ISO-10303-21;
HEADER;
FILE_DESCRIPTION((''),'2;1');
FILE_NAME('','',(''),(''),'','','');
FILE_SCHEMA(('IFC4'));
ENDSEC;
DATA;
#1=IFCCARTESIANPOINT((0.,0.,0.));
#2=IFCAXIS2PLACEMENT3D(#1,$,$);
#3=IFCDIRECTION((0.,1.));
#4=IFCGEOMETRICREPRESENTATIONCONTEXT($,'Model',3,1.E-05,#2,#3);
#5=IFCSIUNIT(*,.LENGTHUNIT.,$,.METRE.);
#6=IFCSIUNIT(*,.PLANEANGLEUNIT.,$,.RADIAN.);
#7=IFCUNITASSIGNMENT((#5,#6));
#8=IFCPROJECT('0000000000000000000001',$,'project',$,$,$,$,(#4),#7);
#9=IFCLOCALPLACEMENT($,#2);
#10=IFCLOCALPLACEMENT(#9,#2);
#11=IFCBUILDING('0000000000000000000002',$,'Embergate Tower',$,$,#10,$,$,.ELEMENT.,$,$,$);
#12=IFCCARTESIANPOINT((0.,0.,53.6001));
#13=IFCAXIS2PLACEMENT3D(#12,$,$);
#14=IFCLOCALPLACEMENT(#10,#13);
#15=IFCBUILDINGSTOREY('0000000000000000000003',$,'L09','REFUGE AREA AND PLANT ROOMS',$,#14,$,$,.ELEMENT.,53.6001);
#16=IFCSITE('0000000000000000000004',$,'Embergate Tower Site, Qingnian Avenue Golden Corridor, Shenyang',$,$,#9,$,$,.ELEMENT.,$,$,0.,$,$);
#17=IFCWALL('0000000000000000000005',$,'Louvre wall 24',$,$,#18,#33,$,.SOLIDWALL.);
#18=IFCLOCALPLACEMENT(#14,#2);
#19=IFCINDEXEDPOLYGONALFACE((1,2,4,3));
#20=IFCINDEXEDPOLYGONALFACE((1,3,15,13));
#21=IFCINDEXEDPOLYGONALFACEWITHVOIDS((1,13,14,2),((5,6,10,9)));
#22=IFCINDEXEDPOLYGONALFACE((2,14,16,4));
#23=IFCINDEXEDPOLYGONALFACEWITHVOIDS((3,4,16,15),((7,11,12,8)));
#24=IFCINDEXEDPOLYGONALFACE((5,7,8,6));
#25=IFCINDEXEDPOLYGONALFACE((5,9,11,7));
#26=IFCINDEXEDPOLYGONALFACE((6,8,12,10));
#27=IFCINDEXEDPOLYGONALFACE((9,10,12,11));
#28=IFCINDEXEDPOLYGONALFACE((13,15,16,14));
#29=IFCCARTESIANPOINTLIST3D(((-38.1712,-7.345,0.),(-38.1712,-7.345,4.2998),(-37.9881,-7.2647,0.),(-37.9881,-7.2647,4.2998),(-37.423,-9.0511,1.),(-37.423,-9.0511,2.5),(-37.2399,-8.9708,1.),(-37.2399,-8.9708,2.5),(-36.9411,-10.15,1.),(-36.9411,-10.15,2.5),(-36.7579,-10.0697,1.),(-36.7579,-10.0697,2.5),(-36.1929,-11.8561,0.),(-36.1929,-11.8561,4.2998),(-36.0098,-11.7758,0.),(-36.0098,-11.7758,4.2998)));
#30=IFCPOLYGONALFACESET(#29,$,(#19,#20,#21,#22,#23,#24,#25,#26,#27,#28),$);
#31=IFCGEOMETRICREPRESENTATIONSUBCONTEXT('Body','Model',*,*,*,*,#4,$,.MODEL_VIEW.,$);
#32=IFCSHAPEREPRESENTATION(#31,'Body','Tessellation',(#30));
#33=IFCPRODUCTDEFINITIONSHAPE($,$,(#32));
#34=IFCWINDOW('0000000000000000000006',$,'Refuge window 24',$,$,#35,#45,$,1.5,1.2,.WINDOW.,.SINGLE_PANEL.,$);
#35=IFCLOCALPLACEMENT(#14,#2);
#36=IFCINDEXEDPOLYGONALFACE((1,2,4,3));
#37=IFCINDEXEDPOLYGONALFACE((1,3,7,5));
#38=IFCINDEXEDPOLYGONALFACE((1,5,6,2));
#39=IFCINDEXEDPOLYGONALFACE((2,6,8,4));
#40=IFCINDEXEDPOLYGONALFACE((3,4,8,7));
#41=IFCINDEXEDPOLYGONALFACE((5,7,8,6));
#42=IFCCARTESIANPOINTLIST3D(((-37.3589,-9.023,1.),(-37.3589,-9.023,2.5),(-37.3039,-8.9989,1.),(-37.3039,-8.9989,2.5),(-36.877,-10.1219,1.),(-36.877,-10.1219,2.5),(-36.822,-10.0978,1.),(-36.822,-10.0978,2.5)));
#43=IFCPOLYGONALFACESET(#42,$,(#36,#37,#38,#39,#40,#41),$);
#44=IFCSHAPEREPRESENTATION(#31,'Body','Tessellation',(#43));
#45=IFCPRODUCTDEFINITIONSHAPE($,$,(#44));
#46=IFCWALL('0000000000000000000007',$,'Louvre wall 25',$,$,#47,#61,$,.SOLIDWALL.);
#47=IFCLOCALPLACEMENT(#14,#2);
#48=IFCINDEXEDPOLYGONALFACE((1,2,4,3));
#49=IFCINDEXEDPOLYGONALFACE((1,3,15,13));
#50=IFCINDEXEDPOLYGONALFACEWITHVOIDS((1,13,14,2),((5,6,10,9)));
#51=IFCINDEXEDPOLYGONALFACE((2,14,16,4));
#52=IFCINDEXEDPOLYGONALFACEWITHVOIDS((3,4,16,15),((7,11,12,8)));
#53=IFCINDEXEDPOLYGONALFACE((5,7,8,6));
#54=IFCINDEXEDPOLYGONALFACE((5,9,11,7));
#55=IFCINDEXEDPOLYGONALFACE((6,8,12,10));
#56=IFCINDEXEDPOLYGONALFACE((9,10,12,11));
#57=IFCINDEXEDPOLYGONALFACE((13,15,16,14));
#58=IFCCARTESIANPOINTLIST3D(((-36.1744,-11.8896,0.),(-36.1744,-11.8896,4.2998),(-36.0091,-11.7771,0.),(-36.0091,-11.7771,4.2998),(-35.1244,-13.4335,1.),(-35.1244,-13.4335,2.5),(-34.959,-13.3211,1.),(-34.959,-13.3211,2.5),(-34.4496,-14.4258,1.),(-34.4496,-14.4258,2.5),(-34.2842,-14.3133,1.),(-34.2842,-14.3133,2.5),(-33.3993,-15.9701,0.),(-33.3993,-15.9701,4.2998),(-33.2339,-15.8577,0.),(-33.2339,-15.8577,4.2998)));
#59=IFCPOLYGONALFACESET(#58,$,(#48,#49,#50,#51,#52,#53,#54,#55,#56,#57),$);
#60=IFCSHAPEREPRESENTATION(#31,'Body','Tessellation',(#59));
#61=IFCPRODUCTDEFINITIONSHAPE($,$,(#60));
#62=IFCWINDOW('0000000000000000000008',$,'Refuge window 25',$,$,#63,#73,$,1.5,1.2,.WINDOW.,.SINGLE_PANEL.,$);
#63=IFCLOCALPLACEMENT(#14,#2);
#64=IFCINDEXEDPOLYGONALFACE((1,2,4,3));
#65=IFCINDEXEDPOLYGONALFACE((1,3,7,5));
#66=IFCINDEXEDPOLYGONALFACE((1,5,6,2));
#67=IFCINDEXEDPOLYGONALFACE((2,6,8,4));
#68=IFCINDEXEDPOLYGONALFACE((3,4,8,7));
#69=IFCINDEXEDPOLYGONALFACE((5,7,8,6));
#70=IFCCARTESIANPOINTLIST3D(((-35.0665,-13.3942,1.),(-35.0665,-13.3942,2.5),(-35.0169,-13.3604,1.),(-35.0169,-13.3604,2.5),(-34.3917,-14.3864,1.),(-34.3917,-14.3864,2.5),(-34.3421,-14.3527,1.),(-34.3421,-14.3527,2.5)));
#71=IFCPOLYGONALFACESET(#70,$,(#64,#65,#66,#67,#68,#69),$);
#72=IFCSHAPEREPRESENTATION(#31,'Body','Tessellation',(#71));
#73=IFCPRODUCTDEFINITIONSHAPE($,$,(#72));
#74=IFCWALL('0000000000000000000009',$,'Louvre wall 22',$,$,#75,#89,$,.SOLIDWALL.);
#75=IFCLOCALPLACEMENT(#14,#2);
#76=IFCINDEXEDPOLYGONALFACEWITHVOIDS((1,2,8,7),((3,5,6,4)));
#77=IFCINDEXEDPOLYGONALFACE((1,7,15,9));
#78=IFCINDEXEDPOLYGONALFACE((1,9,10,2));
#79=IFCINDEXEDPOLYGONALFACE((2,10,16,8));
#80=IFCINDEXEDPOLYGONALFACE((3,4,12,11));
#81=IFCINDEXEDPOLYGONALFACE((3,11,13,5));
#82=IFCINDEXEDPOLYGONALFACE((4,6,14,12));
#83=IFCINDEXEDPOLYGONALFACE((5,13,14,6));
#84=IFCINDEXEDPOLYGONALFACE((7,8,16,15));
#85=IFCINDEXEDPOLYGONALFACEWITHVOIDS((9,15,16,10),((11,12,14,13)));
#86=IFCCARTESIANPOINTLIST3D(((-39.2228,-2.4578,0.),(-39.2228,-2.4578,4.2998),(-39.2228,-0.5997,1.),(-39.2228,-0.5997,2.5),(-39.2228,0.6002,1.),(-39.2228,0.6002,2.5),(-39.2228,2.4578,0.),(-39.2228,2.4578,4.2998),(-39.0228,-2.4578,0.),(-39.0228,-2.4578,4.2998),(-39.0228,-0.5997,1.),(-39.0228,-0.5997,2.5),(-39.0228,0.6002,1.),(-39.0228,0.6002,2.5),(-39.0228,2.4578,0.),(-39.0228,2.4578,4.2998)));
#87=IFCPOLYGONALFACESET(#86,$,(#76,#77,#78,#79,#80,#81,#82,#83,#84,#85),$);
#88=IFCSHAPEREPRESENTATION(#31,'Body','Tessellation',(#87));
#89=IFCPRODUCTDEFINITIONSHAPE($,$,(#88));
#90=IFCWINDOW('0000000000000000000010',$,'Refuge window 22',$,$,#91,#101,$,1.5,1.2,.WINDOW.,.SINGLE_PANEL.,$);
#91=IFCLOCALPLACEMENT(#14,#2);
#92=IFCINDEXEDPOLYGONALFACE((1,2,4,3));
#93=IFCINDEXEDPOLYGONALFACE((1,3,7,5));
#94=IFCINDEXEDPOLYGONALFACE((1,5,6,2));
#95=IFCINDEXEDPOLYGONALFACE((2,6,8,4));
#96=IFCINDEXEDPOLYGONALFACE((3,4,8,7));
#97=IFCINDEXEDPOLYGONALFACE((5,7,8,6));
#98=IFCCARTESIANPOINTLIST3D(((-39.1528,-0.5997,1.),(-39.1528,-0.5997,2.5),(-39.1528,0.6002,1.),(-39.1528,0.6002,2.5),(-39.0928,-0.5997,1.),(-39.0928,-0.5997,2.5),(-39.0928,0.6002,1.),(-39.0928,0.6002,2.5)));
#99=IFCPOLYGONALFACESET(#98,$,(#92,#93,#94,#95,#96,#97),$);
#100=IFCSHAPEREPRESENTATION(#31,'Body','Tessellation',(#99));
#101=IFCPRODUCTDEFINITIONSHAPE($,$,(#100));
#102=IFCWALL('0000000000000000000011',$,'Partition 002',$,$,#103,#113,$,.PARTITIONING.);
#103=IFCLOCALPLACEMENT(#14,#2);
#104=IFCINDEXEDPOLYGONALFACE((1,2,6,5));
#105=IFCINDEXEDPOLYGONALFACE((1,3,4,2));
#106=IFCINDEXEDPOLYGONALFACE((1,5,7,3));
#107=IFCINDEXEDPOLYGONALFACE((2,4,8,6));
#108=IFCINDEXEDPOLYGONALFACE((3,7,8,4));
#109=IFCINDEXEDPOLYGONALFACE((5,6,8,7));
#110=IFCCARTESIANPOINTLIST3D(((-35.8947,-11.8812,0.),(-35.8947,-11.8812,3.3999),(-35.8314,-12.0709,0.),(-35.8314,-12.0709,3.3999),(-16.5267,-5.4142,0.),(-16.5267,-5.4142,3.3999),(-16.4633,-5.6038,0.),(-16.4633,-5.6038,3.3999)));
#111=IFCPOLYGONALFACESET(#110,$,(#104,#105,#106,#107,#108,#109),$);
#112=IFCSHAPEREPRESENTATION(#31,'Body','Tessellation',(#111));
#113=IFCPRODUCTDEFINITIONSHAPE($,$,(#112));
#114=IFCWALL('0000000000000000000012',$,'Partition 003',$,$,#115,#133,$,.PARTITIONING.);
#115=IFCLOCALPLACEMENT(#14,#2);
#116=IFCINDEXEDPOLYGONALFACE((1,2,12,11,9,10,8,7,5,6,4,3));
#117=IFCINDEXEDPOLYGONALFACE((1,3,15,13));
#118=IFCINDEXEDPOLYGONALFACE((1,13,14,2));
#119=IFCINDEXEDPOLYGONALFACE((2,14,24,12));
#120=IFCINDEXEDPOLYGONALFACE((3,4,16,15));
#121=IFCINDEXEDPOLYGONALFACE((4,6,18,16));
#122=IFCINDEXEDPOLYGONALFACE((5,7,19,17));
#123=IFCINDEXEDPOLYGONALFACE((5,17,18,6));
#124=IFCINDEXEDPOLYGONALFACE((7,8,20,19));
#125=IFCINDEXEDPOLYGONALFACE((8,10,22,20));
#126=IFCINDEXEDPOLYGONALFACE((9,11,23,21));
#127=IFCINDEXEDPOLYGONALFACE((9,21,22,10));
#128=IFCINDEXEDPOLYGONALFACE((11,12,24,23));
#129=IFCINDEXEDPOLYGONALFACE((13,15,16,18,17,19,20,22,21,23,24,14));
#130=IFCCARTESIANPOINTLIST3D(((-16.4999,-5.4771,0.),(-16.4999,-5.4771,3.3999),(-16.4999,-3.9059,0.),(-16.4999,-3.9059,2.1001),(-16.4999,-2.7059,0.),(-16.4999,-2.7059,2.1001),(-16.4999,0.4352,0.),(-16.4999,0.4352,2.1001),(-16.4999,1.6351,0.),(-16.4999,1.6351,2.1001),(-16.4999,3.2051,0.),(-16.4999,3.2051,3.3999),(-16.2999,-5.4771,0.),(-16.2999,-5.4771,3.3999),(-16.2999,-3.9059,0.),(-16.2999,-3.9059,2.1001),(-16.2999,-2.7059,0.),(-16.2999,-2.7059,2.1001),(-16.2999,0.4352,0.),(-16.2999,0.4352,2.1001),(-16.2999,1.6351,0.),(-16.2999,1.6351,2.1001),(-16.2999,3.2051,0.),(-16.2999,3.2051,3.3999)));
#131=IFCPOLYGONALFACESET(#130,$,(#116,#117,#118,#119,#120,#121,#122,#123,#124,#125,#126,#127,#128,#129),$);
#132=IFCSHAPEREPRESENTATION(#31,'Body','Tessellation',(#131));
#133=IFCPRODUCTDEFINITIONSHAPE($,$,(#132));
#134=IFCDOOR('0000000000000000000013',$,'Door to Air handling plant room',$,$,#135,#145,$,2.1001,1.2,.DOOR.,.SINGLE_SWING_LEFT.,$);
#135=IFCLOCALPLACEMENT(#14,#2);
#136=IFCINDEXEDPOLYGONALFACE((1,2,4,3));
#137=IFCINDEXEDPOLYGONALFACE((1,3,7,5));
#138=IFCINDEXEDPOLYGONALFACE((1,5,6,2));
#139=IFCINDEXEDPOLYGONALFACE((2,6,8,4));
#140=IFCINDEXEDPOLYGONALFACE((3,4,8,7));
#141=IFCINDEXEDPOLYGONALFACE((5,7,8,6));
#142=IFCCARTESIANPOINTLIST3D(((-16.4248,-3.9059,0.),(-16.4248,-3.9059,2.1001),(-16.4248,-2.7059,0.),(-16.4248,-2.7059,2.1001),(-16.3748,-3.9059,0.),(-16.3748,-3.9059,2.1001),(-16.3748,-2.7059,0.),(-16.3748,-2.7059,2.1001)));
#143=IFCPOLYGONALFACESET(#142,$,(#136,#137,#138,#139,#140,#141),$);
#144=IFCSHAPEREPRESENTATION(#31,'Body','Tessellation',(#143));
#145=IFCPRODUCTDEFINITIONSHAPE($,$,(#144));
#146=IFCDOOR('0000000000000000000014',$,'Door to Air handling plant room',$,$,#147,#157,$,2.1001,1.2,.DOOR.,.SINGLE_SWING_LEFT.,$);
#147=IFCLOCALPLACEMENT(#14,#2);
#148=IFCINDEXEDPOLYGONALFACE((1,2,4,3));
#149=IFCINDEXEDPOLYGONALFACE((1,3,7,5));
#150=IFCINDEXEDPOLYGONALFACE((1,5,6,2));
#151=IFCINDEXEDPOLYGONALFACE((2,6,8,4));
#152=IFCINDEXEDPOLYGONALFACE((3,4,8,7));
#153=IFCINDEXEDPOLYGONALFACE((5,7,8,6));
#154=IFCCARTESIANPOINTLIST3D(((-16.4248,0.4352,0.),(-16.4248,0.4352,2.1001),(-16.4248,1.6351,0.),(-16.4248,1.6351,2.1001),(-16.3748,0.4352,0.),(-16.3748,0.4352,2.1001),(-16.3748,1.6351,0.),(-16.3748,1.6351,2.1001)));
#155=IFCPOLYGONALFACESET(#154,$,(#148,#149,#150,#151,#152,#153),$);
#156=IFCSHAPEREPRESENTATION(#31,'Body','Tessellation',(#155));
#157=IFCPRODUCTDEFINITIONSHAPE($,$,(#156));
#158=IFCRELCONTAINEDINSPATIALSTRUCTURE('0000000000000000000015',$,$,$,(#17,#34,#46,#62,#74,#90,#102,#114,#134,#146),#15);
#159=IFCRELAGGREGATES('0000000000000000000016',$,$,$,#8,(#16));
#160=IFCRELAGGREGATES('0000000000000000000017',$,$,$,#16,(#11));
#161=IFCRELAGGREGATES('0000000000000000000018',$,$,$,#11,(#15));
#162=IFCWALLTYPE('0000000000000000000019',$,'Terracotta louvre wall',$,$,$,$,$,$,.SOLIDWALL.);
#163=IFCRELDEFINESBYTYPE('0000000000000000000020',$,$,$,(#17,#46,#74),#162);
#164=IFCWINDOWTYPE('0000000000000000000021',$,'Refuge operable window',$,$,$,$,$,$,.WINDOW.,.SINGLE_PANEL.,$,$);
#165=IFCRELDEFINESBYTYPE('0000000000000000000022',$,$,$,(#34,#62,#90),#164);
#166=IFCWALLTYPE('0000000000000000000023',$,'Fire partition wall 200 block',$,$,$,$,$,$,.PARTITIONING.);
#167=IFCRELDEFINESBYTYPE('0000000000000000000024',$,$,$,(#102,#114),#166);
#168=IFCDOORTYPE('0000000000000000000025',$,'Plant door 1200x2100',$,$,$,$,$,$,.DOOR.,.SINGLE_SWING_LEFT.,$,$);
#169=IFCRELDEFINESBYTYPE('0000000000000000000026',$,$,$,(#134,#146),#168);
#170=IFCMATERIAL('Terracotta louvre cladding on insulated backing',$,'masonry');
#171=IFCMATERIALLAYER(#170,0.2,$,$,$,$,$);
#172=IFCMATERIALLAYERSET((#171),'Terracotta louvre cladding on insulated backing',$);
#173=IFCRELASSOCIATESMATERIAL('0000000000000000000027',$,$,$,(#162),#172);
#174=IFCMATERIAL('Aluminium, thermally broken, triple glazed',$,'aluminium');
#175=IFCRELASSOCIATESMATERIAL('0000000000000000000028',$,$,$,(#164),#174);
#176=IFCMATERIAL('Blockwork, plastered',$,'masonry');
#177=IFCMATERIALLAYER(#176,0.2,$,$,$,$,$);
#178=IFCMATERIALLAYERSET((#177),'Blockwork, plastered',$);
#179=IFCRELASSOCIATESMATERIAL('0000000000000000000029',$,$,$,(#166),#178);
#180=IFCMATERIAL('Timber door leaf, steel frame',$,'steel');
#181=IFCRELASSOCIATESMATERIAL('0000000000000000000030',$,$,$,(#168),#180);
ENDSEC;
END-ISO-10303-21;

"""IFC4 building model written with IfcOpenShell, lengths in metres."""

from ifc_helpers import new_model, si_unit, direction, frame, frame_2d, origin, place, context, subcontext, project, spatial, rectangle, extrude, source, transform, mapped, material, layer, layer_set, type_object, element, fill, save


model = new_model("IFC4")

# Units and contexts
model_context = context("Model", 3, precision=1e-05, world=origin(), true_north=direction((0.0, 1.0)))
body_context = subcontext(model_context, "Body", "Model", "MODEL_VIEW")
ifc_project = project(units=[si_unit("LENGTHUNIT", "METRE"), si_unit("PLANEANGLEUNIT", "RADIAN")], contexts=[model_context])

# Site, building, storey
site_placement = place(None, origin())
site = spatial("IfcSite", under=ifc_project, at=site_placement, Name="Embergate Tower Site, Qingnian Avenue Golden Corridor, Shenyang", CompositionType="ELEMENT", RefElevation=0.0)
building_placement = place(site_placement, origin())
building = spatial("IfcBuilding", under=site, at=building_placement, Name="Embergate Tower", CompositionType="ELEMENT")
storey_placement = place(building_placement, frame((0.0, 0.0, 53.6001)))
storey = spatial("IfcBuildingStorey", under=building, at=storey_placement, Name="L09", Description="REFUGE AREA AND PLANT ROOMS", CompositionType="ELEMENT", Elevation=53.6001)

# Walls, openings, windows
ifc_material_1 = material(Name="Terracotta louvre cladding on insulated backing", Category="masonry")
ifc_layer_1 = layer(ifc_material_1, 0.2)
ifc_layer_set_1 = layer_set([ifc_layer_1], Name="Terracotta louvre cladding on insulated backing")
wall_type_1 = type_object("IfcWallType", Name="Terracotta louvre wall", PredefinedType="SOLIDWALL", material=ifc_layer_set_1)
shared_shape_1 = source(origin(), body_context, "Body", "SweptSolid", [
    extrude(rectangle(XDim=1.2, YDim=1.5, at=frame_2d((0.6001, 0.75))), frame((0.0, 0.1099, 0.0), z_axis=(0.0, -1.0, 0.0), x_axis=(1.0, 0.0, 0.0)), (0.0, 0.0, 1.0), 0.22),
])
ifc_material_2 = material(Name="Aluminium, thermally broken, triple glazed", Category="aluminium")
window_type = type_object("IfcWindowType", Name="Refuge operable window", PartitioningType="SINGLE_PANEL", PredefinedType="WINDOW", material=ifc_material_2)
shared_shape_2 = source(origin(), body_context, "Body", "SweptSolid", [
    extrude(rectangle(XDim=1.2, YDim=1.5, at=frame_2d((0.6001, 0.75))), frame((0.0, 0.03, 0.0), z_axis=(0.0, -1.0, 0.0), x_axis=(1.0, 0.0, 0.0)), (0.0, 0.0, 1.0), 0.0601),
])
shared_shape_3 = source(origin(), body_context, "Body", "SweptSolid", [
    extrude(rectangle(XDim=4.9258, YDim=0.2, at=frame_2d((2.4629, 0.0))), origin(), (0.0, 0.0, 1.0), 4.2998),
])
wall_1_placement = place(storey_placement, frame((-36.1013, -11.8159, 0.0), z_axis=(0.0, 0.0, 1.0), x_axis=(-0.401622, 0.915805, 0.0)))
wall_1 = element("IfcWall", 1, at=wall_1_placement, inside=storey, type_object=wall_type_1, Name="Louvre wall 24", PredefinedType="SOLIDWALL", context=body_context, shape_type="MappedRepresentation", body=[
    mapped(shared_shape_3, transform((0.0, 0.0, 0.0))),
])
opening_1_placement = place(wall_1_placement, frame((1.8628, 0.0, 1.0)))
opening_1 = element("IfcOpeningElement", 2, at=opening_1_placement, cuts=wall_1, PredefinedType="OPENING", context=body_context, shape_type="MappedRepresentation", body=[
    mapped(shared_shape_1, transform((0.0, 0.0, 0.0))),
])
window_1_placement = place(opening_1_placement, origin())
window_1 = element("IfcWindow", 3, at=window_1_placement, inside=storey, type_object=window_type, Name="Refuge window 24", OverallHeight=1.5, OverallWidth=1.2, PartitioningType="SINGLE_PANEL", PredefinedType="WINDOW", context=body_context, shape_type="MappedRepresentation", body=[
    mapped(shared_shape_2, transform((0.0, 0.0, 0.0))),
])
fill(opening_1, window_1)
shared_shape_4 = source(origin(), body_context, "Body", "SweptSolid", [
    extrude(rectangle(XDim=4.9348, YDim=0.2, at=frame_2d((2.4673, 0.0))), origin(), (0.0, 0.0, 1.0), 4.2998),
])
wall_2_placement = place(storey_placement, frame((-33.3167, -15.9138, 0.0), z_axis=(0.0, 0.0, 1.0), x_axis=(-0.56236, 0.826892, 0.0)))
wall_2 = element("IfcWall", 4, at=wall_2_placement, inside=storey, type_object=wall_type_1, Name="Louvre wall 25", PredefinedType="SOLIDWALL", context=body_context, shape_type="MappedRepresentation", body=[
    mapped(shared_shape_4, transform((0.0, 0.0, 0.0))),
])
opening_2_placement = place(wall_2_placement, frame((1.8674, 0.0, 1.0)))
opening_2 = element("IfcOpeningElement", 5, at=opening_2_placement, cuts=wall_2, PredefinedType="OPENING", context=body_context, shape_type="MappedRepresentation", body=[
    mapped(shared_shape_1, transform((0.0, 0.0, 0.0))),
])
window_2_placement = place(opening_2_placement, origin())
window_2 = element("IfcWindow", 6, at=window_2_placement, inside=storey, type_object=window_type, Name="Refuge window 25", OverallHeight=1.5, OverallWidth=1.2, PartitioningType="SINGLE_PANEL", PredefinedType="WINDOW", context=body_context, shape_type="MappedRepresentation", body=[
    mapped(shared_shape_2, transform((0.0, 0.0, 0.0))),
])
fill(opening_2, window_2)
shared_shape_5 = source(origin(), body_context, "Body", "SweptSolid", [
    extrude(rectangle(XDim=4.9155, YDim=0.2, at=frame_2d((2.4578, 0.0))), origin(), (0.0, 0.0, 1.0), 4.2998),
])
wall_3_placement = place(storey_placement, frame((-39.1228, -2.4578, 0.0), z_axis=(0.0, 0.0, 1.0), x_axis=(0.0, 1.0, 0.0)))
wall_3 = element("IfcWall", 7, at=wall_3_placement, inside=storey, type_object=wall_type_1, Name="Louvre wall 22", PredefinedType="SOLIDWALL", context=body_context, shape_type="MappedRepresentation", body=[
    mapped(shared_shape_5, transform((0.0, 0.0, 0.0))),
])
opening_3_placement = place(wall_3_placement, frame((1.8579, 0.0, 1.0)))
opening_3 = element("IfcOpeningElement", 8, at=opening_3_placement, cuts=wall_3, PredefinedType="OPENING", context=body_context, shape_type="MappedRepresentation", body=[
    mapped(shared_shape_1, transform((0.0, 0.0, 0.0))),
])
window_3_placement = place(opening_3_placement, origin())
window_3 = element("IfcWindow", 9, at=window_3_placement, inside=storey, type_object=window_type, Name="Refuge window 22", OverallHeight=1.5, OverallWidth=1.2, PartitioningType="SINGLE_PANEL", PredefinedType="WINDOW", context=body_context, shape_type="MappedRepresentation", body=[
    mapped(shared_shape_2, transform((0.0, 0.0, 0.0))),
])
fill(opening_3, window_3)

# Shared definitions
ifc_material_3 = material(Name="Blockwork, plastered", Category="masonry")
ifc_layer_2 = layer(ifc_material_3, 0.2)
ifc_layer_set_2 = layer_set([ifc_layer_2], Name="Blockwork, plastered")
wall_type_2 = type_object("IfcWallType", Name="Fire partition wall 200 block", PredefinedType="PARTITIONING", material=ifc_layer_set_2)
ifc_material_4 = material(Name="Timber door leaf, steel frame", Category="steel")

# Wall
shared_shape_6 = source(origin(), body_context, "Body", "SweptSolid", [
    extrude(rectangle(XDim=20.4192, YDim=0.2, at=frame_2d((10.2095, 0.0))), origin(), (0.0, 0.0, 1.0), 3.3999),
])
wall_4_placement = place(storey_placement, frame((-16.4951, -5.509, 0.0), z_axis=(0.0, 0.0, 1.0), x_axis=(-0.948521, -0.316716, 0.0)))
element("IfcWall", 10, at=wall_4_placement, inside=storey, type_object=wall_type_2, Name="Partition 002", PredefinedType="PARTITIONING", context=body_context, shape_type="MappedRepresentation", body=[
    mapped(shared_shape_6, transform((0.0, 0.0, 0.0))),
])

# Wall, openings, doors
shared_shape_7 = source(origin(), body_context, "Body", "SweptSolid", [
    extrude(rectangle(XDim=8.6821, YDim=0.2, at=frame_2d((4.3411, 0.0))), origin(), (0.0, 0.0, 1.0), 3.3999),
])
wall_5_placement = place(storey_placement, frame((-16.3999, -5.4771, 0.0), z_axis=(0.0, 0.0, 1.0), x_axis=(0.0, 1.0, 0.0)))
wall_5 = element("IfcWall", 11, at=wall_5_placement, inside=storey, type_object=wall_type_2, Name="Partition 003", PredefinedType="PARTITIONING", context=body_context, shape_type="MappedRepresentation", body=[
    mapped(shared_shape_7, transform((0.0, 0.0, 0.0))),
])
shared_shape_8 = source(origin(), body_context, "Body", "SweptSolid", [
    extrude(rectangle(XDim=1.2, YDim=2.1001, at=frame_2d((0.6001, 1.05))), frame((0.0, 0.1099, 0.0), z_axis=(0.0, -1.0, 0.0), x_axis=(1.0, 0.0, 0.0)), (0.0, 0.0, 1.0), 0.22),
])
opening_4_placement = place(wall_5_placement, frame((1.571, 0.0, 0.0)))
opening_4 = element("IfcOpeningElement", 12, at=opening_4_placement, cuts=wall_5, PredefinedType="OPENING", context=body_context, shape_type="MappedRepresentation", body=[
    mapped(shared_shape_8, transform((0.0, 0.0, 0.0))),
])
opening_5_placement = place(wall_5_placement, frame((5.9121, 0.0, 0.0)))
opening_5 = element("IfcOpeningElement", 13, at=opening_5_placement, cuts=wall_5, PredefinedType="OPENING", context=body_context, shape_type="MappedRepresentation", body=[
    mapped(shared_shape_8, transform((0.0, 0.0, 0.0))),
])
door_type_1 = type_object("IfcDoorType", Name="Plant door 1200x2100", OperationType="SINGLE_SWING_LEFT", PredefinedType="DOOR", material=ifc_material_4)
shared_shape_9 = source(origin(), body_context, "Body", "SweptSolid", [
    extrude(rectangle(XDim=1.2, YDim=2.1001, at=frame_2d((0.6001, 1.05))), frame((0.0, 0.0249, 0.0), z_axis=(0.0, -1.0, 0.0), x_axis=(1.0, 0.0, 0.0)), (0.0, 0.0, 1.0), 0.05),
])
door_1_placement = place(opening_4_placement, origin())
door_1 = element("IfcDoor", 14, at=door_1_placement, inside=storey, type_object=door_type_1, Name="Door to Air handling plant room", OperationType="SINGLE_SWING_LEFT", OverallHeight=2.1001, OverallWidth=1.2, PredefinedType="DOOR", context=body_context, shape_type="MappedRepresentation", body=[
    mapped(shared_shape_9, transform((0.0, 0.0, 0.0))),
])
fill(opening_4, door_1)
door_2_placement = place(opening_5_placement, origin())
door_2 = element("IfcDoor", 15, at=door_2_placement, inside=storey, type_object=door_type_1, Name="Door to Air handling plant room", OperationType="SINGLE_SWING_LEFT", OverallHeight=2.1001, OverallWidth=1.2, PredefinedType="DOOR", context=body_context, shape_type="MappedRepresentation", body=[
    mapped(shared_shape_9, transform((0.0, 0.0, 0.0))),
])
fill(opening_5, door_2)

save(model, "model.ifc")
